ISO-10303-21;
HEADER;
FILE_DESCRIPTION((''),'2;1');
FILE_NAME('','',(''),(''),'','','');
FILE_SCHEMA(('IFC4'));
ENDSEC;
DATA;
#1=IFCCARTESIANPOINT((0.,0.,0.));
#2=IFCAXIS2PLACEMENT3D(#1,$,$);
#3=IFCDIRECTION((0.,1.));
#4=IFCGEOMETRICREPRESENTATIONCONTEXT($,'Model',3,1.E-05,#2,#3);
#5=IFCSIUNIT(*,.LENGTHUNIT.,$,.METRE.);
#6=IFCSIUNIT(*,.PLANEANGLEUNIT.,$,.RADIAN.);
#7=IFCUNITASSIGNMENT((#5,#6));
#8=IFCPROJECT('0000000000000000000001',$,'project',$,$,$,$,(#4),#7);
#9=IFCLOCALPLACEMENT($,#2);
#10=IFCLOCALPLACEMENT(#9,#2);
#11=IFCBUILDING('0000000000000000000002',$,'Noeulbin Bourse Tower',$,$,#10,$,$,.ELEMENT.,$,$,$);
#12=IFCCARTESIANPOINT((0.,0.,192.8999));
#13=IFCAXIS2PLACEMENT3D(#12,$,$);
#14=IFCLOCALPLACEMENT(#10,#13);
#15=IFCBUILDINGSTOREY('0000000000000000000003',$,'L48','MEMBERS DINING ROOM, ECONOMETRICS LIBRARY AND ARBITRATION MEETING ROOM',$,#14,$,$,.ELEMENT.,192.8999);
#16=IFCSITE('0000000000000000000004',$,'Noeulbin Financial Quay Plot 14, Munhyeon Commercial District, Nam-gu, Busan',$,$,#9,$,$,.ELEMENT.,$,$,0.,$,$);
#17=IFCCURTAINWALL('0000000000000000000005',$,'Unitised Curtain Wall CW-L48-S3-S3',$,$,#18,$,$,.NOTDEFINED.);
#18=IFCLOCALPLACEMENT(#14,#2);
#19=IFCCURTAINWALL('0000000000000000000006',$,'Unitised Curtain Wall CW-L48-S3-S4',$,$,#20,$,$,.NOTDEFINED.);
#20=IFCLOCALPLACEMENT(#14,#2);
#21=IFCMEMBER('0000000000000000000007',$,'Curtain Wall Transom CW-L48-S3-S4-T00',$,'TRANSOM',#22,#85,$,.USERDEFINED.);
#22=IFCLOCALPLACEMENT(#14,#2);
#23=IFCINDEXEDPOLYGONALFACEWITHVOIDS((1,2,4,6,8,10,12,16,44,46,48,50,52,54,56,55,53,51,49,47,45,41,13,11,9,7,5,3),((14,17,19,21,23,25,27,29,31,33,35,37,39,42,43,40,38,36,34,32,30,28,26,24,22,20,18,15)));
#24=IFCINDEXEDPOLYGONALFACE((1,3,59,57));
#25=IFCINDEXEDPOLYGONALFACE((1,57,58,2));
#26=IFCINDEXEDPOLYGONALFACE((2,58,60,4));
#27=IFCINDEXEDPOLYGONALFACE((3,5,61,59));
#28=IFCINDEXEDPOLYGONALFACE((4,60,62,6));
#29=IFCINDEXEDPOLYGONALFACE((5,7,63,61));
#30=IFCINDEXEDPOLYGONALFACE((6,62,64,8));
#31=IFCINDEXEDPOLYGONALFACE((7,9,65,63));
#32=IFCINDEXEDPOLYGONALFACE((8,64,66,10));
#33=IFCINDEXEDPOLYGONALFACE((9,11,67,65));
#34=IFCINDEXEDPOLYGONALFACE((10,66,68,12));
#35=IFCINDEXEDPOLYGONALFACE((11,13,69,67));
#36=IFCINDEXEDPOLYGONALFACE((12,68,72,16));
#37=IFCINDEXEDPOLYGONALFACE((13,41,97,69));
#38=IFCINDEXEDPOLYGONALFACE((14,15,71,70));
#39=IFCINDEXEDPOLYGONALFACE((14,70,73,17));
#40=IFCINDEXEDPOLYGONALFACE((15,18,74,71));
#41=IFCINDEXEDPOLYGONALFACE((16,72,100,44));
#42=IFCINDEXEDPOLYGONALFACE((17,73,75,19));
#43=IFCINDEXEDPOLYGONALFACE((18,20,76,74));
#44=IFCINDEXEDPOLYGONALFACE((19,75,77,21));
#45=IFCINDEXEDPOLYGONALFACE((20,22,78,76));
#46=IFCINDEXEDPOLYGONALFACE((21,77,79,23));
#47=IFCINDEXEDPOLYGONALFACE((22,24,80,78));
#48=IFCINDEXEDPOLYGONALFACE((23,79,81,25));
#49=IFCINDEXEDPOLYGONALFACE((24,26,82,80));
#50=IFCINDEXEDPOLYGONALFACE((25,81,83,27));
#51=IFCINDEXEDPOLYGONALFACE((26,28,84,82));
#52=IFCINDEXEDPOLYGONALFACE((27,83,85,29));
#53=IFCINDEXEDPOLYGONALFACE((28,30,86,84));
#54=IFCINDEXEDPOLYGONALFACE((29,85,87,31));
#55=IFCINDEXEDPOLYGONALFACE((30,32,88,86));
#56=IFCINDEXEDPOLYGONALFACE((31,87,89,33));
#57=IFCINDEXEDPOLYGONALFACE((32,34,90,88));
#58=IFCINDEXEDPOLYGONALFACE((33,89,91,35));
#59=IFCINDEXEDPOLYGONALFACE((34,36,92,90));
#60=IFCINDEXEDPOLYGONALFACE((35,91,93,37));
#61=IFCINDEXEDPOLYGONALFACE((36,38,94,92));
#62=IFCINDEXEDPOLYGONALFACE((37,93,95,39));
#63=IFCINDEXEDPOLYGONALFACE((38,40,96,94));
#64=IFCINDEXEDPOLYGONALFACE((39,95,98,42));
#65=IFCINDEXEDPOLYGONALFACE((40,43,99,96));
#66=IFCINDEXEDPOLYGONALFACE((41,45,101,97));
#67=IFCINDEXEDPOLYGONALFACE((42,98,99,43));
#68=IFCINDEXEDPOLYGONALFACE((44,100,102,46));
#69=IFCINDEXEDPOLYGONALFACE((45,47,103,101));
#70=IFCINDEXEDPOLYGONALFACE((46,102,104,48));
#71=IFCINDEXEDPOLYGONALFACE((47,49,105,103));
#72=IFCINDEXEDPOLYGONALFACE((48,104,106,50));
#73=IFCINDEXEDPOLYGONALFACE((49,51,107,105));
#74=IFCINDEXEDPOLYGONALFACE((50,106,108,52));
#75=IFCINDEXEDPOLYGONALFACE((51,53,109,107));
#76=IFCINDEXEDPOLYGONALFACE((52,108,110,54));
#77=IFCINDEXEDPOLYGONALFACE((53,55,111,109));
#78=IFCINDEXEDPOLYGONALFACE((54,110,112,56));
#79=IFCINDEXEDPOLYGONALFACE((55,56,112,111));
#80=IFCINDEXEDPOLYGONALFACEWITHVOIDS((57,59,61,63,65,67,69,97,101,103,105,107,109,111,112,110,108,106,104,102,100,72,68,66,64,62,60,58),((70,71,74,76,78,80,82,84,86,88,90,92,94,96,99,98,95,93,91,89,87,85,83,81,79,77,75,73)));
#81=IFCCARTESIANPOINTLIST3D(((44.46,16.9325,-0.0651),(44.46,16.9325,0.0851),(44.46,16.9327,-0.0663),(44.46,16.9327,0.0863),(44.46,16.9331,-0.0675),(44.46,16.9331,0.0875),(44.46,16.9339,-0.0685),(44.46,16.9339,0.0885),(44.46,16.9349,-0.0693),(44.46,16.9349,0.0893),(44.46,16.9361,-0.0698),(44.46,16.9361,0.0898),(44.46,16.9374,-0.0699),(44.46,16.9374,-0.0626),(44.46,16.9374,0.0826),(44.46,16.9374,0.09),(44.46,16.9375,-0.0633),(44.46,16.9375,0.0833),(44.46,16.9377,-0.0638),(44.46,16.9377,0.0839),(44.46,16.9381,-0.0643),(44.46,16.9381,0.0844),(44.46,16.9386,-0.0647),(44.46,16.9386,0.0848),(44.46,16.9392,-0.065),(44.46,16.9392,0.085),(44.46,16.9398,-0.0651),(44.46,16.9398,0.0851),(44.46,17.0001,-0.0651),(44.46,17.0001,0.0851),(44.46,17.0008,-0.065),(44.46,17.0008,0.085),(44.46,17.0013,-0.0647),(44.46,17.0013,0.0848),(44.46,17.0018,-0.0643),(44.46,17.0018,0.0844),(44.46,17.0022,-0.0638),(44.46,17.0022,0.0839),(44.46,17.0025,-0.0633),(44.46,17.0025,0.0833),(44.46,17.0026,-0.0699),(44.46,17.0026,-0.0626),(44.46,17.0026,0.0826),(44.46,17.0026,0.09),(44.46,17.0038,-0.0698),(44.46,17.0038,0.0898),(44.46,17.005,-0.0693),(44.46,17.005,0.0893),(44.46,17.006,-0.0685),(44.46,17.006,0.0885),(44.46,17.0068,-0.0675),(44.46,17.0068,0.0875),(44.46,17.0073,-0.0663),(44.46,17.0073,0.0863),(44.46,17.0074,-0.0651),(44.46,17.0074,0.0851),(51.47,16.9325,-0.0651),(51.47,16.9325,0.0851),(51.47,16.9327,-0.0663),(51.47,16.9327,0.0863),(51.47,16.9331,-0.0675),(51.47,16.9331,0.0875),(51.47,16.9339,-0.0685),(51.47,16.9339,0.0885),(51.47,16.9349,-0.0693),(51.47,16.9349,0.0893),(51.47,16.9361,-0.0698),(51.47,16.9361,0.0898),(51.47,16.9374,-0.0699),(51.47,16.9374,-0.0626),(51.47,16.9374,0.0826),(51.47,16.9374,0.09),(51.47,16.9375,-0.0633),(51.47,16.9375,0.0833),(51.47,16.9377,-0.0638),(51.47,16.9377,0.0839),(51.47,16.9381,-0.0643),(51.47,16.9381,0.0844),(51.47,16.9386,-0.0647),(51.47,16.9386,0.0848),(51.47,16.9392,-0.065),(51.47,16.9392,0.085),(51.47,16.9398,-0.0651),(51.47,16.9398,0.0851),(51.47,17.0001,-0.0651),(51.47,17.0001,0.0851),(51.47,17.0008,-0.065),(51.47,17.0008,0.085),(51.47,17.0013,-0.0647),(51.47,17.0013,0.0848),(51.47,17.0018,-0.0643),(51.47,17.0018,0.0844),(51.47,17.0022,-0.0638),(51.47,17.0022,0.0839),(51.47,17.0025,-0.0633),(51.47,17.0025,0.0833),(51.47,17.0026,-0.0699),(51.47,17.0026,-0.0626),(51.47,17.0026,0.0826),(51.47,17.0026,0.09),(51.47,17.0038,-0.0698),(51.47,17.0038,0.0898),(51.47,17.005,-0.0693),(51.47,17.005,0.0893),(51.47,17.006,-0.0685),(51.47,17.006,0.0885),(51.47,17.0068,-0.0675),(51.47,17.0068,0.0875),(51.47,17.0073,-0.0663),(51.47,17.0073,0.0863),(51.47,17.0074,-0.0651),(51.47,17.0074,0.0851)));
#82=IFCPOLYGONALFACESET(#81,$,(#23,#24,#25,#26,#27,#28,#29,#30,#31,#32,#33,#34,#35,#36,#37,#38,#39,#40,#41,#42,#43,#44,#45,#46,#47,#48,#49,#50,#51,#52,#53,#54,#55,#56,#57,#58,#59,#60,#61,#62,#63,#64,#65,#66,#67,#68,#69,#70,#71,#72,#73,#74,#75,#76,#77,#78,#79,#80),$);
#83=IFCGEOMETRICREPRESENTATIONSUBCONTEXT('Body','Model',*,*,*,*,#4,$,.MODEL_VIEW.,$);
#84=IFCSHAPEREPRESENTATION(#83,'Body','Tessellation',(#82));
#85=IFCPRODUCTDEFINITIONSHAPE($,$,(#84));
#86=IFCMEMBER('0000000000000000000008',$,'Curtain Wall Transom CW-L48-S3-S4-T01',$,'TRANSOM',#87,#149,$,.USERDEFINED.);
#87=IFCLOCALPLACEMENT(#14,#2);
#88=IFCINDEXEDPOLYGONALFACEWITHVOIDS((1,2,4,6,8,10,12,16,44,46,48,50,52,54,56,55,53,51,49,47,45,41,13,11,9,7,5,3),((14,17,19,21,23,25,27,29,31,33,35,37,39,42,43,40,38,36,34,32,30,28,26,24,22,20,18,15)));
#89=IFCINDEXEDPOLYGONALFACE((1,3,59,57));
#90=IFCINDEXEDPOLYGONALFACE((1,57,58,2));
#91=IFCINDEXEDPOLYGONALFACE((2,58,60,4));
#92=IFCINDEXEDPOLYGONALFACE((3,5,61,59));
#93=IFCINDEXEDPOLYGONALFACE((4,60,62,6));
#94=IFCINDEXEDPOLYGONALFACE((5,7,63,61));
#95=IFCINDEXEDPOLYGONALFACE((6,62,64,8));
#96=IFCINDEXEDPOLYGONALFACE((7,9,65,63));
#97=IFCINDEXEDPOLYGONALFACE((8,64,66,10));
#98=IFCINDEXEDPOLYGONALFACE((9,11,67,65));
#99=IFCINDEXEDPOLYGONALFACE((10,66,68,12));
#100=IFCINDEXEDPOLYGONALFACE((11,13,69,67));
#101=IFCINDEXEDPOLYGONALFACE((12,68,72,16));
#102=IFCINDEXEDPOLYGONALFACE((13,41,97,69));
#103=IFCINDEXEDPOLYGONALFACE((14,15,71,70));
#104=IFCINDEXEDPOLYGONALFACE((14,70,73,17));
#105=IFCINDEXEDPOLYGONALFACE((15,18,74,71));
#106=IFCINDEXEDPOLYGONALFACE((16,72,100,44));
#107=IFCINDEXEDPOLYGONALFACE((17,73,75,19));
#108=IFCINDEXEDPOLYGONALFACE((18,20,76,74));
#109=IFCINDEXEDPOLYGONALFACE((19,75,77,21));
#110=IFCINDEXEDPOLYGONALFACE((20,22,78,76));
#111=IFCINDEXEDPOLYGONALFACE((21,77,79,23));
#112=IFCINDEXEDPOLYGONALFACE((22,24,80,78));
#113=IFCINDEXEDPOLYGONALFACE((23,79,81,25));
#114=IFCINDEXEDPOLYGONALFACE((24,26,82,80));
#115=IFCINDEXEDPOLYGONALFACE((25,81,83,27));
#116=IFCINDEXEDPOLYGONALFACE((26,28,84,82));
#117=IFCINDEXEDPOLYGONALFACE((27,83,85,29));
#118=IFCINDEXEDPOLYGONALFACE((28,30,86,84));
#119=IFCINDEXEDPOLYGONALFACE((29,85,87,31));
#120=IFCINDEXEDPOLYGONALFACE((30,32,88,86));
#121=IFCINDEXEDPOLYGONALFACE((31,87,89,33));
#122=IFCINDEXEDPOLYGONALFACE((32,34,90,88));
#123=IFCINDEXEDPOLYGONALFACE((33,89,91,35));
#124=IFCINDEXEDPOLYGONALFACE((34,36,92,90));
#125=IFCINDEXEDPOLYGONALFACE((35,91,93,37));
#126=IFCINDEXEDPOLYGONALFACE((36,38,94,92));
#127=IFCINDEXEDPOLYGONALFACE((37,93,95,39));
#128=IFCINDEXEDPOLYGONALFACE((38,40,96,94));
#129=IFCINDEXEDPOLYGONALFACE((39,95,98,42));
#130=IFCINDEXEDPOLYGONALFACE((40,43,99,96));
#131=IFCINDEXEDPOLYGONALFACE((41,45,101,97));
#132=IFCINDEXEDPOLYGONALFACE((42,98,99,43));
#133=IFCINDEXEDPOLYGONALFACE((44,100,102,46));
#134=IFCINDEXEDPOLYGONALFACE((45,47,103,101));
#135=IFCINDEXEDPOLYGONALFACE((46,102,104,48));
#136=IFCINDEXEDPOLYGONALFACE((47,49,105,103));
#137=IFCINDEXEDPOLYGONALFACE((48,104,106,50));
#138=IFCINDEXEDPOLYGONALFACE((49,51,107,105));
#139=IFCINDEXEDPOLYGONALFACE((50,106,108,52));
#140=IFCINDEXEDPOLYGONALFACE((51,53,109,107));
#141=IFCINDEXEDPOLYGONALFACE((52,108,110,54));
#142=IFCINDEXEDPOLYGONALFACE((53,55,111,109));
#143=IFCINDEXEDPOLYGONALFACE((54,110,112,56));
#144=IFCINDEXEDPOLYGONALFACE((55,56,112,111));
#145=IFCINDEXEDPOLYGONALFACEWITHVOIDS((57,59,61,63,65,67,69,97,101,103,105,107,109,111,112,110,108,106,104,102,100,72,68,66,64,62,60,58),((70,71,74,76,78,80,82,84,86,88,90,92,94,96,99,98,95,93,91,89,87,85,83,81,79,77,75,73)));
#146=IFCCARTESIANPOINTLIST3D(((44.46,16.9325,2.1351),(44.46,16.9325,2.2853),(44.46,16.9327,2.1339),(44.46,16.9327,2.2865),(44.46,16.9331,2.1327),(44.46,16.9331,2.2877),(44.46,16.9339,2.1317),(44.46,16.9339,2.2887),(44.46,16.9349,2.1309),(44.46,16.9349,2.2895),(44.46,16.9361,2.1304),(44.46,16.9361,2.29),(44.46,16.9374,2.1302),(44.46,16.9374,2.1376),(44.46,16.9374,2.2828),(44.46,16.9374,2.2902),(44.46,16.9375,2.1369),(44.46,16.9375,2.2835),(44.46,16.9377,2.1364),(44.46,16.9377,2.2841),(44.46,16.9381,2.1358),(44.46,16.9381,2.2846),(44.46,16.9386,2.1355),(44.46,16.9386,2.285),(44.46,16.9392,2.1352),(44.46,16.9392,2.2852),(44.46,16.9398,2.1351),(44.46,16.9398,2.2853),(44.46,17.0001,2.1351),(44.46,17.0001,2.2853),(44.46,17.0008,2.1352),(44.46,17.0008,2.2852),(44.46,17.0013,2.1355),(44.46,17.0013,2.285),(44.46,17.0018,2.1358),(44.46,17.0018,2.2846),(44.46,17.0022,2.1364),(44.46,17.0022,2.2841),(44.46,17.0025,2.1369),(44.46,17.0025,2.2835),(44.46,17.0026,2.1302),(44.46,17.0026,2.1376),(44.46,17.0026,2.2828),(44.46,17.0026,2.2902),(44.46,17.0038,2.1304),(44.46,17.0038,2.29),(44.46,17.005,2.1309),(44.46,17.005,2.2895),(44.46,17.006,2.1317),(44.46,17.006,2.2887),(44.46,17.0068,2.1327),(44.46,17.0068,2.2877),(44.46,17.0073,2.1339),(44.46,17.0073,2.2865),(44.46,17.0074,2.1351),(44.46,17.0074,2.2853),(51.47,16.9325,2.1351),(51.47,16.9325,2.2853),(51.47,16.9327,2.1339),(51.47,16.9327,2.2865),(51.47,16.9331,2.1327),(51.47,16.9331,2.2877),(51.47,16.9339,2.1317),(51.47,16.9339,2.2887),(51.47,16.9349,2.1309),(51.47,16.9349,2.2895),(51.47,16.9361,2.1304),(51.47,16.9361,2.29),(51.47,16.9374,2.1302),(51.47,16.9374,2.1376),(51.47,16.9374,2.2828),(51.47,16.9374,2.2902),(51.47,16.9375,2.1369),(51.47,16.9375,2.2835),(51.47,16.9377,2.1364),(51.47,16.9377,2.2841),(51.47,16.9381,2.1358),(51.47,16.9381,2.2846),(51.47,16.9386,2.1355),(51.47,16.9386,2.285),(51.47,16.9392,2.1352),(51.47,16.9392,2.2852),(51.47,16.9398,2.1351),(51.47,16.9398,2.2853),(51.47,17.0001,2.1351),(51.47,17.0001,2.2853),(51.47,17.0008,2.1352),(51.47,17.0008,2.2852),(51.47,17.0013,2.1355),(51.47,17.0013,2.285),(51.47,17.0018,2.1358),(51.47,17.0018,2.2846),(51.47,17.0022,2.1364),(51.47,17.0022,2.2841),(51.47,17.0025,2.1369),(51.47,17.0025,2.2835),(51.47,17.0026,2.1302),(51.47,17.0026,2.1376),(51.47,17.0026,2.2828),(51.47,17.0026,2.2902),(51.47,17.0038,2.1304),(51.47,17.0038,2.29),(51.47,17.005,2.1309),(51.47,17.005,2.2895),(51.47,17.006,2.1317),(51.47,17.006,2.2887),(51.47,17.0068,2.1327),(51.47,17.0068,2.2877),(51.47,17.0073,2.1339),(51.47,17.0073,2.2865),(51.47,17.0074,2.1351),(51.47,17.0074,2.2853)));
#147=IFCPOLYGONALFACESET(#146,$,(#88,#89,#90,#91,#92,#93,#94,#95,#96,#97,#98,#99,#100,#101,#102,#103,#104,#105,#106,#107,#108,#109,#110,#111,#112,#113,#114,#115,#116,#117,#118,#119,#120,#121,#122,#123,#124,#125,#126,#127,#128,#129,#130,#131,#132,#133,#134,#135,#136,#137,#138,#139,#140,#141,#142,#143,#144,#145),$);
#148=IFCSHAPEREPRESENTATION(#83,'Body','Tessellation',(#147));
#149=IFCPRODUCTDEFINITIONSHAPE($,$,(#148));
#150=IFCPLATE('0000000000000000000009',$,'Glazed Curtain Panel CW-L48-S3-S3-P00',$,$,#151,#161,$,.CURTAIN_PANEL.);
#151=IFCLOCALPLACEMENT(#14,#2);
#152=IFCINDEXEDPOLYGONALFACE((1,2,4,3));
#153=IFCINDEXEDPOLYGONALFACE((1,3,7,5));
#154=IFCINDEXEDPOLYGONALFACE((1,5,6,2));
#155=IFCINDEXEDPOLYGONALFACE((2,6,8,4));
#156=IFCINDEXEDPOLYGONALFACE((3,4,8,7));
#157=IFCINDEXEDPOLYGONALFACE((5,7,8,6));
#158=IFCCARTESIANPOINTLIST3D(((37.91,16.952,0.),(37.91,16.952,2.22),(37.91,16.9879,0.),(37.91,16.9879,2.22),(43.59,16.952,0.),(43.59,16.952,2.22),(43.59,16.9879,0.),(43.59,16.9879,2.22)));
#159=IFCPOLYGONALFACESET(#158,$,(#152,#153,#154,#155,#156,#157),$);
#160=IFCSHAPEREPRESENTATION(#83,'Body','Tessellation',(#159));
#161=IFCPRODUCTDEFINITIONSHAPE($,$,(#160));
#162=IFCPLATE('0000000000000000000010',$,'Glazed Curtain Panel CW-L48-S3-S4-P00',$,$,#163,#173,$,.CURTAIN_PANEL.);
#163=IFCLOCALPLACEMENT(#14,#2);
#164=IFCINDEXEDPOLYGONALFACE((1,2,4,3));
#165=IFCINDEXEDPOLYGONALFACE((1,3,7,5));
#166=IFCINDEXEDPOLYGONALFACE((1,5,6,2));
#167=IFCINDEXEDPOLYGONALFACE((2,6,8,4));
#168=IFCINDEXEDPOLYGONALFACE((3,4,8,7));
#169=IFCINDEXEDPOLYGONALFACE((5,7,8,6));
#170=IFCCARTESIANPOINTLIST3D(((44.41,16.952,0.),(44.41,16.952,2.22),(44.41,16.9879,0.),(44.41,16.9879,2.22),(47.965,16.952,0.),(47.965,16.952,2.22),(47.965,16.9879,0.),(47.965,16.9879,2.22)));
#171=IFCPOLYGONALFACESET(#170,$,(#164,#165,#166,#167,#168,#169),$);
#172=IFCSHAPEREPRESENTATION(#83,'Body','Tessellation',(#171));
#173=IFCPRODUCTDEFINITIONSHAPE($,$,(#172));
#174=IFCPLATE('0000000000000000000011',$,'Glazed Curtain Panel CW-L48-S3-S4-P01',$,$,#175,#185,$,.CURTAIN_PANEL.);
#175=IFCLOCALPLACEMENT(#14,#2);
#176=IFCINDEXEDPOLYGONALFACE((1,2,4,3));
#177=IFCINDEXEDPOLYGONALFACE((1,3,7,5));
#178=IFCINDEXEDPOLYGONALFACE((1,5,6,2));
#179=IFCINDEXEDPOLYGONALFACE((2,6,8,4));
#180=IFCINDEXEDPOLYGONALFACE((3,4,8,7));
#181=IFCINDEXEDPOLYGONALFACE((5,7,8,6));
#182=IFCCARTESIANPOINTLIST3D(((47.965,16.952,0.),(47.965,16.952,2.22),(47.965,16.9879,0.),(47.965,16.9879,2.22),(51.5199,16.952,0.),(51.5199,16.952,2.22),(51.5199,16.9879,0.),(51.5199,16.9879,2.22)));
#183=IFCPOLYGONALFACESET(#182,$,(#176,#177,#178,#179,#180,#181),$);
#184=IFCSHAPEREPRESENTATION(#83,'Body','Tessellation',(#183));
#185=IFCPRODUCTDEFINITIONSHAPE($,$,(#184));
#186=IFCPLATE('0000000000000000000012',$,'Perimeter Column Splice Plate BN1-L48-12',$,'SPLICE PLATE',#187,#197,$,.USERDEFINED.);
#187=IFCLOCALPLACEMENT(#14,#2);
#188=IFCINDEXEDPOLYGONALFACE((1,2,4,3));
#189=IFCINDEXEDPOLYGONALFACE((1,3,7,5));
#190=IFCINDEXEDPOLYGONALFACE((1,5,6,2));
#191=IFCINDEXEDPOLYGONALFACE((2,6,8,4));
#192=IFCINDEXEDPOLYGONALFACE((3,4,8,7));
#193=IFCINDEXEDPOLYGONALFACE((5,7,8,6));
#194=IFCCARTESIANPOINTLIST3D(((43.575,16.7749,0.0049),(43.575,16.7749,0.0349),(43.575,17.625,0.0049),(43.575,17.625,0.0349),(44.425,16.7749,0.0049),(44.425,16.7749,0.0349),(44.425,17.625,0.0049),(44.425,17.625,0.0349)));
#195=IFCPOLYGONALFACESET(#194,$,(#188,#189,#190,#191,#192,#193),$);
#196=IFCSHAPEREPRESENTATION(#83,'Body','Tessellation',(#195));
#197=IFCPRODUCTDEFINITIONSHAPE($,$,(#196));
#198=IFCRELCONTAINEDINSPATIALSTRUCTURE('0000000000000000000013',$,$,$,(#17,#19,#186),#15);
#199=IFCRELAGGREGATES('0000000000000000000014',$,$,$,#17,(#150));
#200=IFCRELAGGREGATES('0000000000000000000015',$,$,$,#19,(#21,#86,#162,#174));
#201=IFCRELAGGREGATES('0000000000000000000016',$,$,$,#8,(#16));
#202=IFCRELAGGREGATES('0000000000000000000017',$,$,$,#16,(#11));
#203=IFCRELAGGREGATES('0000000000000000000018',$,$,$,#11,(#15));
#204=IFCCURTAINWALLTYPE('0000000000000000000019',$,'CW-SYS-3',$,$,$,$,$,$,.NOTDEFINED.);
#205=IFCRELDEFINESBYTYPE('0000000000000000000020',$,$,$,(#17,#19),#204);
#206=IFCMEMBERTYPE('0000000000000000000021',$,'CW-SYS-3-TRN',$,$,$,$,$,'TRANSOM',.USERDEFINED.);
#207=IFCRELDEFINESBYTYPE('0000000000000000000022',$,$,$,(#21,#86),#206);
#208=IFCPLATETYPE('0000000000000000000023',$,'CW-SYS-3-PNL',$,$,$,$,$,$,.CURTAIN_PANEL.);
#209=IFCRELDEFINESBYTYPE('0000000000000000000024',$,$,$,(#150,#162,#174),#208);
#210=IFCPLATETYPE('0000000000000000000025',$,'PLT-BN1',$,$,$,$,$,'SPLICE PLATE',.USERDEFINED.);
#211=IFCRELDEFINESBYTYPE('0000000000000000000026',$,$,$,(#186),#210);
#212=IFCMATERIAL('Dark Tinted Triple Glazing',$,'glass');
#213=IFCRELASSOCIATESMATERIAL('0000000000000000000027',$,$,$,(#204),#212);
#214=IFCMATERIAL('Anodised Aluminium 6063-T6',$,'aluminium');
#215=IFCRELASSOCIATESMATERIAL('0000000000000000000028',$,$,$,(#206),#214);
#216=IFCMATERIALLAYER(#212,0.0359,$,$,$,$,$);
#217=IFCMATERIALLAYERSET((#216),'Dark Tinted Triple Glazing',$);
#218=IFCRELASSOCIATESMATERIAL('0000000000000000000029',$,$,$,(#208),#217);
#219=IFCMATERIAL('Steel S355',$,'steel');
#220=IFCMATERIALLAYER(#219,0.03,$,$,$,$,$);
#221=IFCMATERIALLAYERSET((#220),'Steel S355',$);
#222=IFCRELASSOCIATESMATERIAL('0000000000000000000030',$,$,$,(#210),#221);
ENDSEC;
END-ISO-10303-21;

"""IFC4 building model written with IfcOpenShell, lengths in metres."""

from ifc_helpers import new_model, si_unit, direction, frame, origin, origin_2d, place, context, subcontext, project, spatial, rectangle, hollow_rectangle, extrude, material, layer, layer_set, material_profile, profile_set, type_object, element, aggregate, save


model = new_model("IFC4")

# Units and contexts
model_context = context("Model", 3, precision=1e-05, world=origin(), true_north=direction((0.0, 1.0)))
body_context = subcontext(model_context, "Body", "Model", "MODEL_VIEW")
ifc_project = project(units=[si_unit("LENGTHUNIT", "METRE"), si_unit("PLANEANGLEUNIT", "RADIAN")], contexts=[model_context])

# Site, building, storey
site_placement = place(None, origin())
site = spatial("IfcSite", under=ifc_project, at=site_placement, Name="Noeulbin Financial Quay Plot 14, Munhyeon Commercial District, Nam-gu, Busan", CompositionType="ELEMENT", RefElevation=0.0)
building_placement = place(site_placement, origin())
building = spatial("IfcBuilding", under=site, at=building_placement, Name="Noeulbin Bourse Tower", CompositionType="ELEMENT")
storey_placement = place(building_placement, frame((0.0, 0.0, 192.8999)))
storey = spatial("IfcBuildingStorey", under=building, at=storey_placement, Name="L48", Description="MEMBERS DINING ROOM, ECONOMETRICS LIBRARY AND ARBITRATION MEETING ROOM", CompositionType="ELEMENT", Elevation=192.8999)

# Shared definitions
ifc_material_1 = material(Name="Steel S355", Category="steel")

# Curtain wall
ifc_material_2 = material(Name="Dark Tinted Triple Glazing", Category="glass")
curtain_wall_type = type_object("IfcCurtainWallType", Name="CW-SYS-3", PredefinedType="NOTDEFINED", material=ifc_material_2)
curtain_wall_1_placement = place(storey_placement, origin())
curtain_wall_1 = element("IfcCurtainWall", 1, at=curtain_wall_1_placement, inside=storey, type_object=curtain_wall_type, Name="Unitised Curtain Wall CW-L48-S3-S3", PredefinedType="NOTDEFINED")
ifc_material_3 = material(Name="Anodised Aluminium 6063-T6", Category="aluminium")

# Curtain wall, members
curtain_wall_2_placement = place(storey_placement, origin())
curtain_wall_2 = element("IfcCurtainWall", 2, at=curtain_wall_2_placement, inside=storey, type_object=curtain_wall_type, Name="Unitised Curtain Wall CW-L48-S3-S4", PredefinedType="NOTDEFINED")
ifc_material_profile_1 = material_profile(ifc_material_3, hollow_rectangle(XDim=0.075, YDim=0.1599, WallThickness=0.0049, InnerFilletRadius=0.0024, OuterFilletRadius=0.0049, at=origin_2d()), Name="ALU-TRAN-75x160x5", Category="LoadBearing")
ifc_profile_set_1 = profile_set([ifc_material_profile_1], Name="Anodised Aluminium 6063-T6")
member_type_1 = type_object("IfcMemberType", Name="CW-SYS-3-TRN", ElementType="TRANSOM", PredefinedType="USERDEFINED", material=ifc_profile_set_1)
member_1_placement = place(storey_placement, frame((44.46, 16.97, 0.01), z_axis=(1.0, 0.0, 0.0), x_axis=(0.0, 1.0, 0.0)))
member_1 = element("IfcMember", 3, at=member_1_placement, type_object=member_type_1, Name="Curtain Wall Transom CW-L48-S3-S4-T00", ObjectType="TRANSOM", PredefinedType="USERDEFINED", context=body_context, shape_type="SweptSolid", body=[
    extrude(hollow_rectangle(XDim=0.075, YDim=0.1599, WallThickness=0.0049, InnerFilletRadius=0.0024, OuterFilletRadius=0.0049, at=origin_2d()), origin(), (0.0, 0.0, 1.0), 7.01),
])
member_2_placement = place(storey_placement, frame((44.46, 16.97, 2.2102), z_axis=(1.0, 0.0, 0.0), x_axis=(0.0, 1.0, 0.0)))
member_2 = element("IfcMember", 4, at=member_2_placement, type_object=member_type_1, Name="Curtain Wall Transom CW-L48-S3-S4-T01", ObjectType="TRANSOM", PredefinedType="USERDEFINED", context=body_context, shape_type="SweptSolid", body=[
    extrude(hollow_rectangle(XDim=0.075, YDim=0.1599, WallThickness=0.0049, InnerFilletRadius=0.0024, OuterFilletRadius=0.0049, at=origin_2d()), origin(), (0.0, 0.0, 1.0), 7.01),
])

# Plates
ifc_layer_1 = layer(ifc_material_2, 0.0359)
ifc_layer_set_1 = layer_set([ifc_layer_1], Name="Dark Tinted Triple Glazing")
plate_type_1 = type_object("IfcPlateType", Name="CW-SYS-3-PNL", PredefinedType="CURTAIN_PANEL", material=ifc_layer_set_1)
plate_1_placement = place(storey_placement, frame((40.75, 16.97, 0.0), z_axis=(0.0, 0.0, 1.0), x_axis=(1.0, 0.0, 0.0)))
plate_1 = element("IfcPlate", 5, at=plate_1_placement, type_object=plate_type_1, Name="Glazed Curtain Panel CW-L48-S3-S3-P00", PredefinedType="CURTAIN_PANEL", context=body_context, shape_type="SweptSolid", body=[
    extrude(rectangle(XDim=5.6799, YDim=0.0359, at=origin_2d()), origin(), (0.0, 0.0, 1.0), 2.22),
])
aggregate(curtain_wall_1, [plate_1])
plate_2_placement = place(storey_placement, frame((46.1875, 16.97, 0.0), z_axis=(0.0, 0.0, 1.0), x_axis=(1.0, 0.0, 0.0)))
plate_2 = element("IfcPlate", 6, at=plate_2_placement, type_object=plate_type_1, Name="Glazed Curtain Panel CW-L48-S3-S4-P00", PredefinedType="CURTAIN_PANEL", context=body_context, shape_type="SweptSolid", body=[
    extrude(rectangle(XDim=3.5549, YDim=0.0359, at=origin_2d()), origin(), (0.0, 0.0, 1.0), 2.22),
])
plate_3_placement = place(storey_placement, frame((49.7424, 16.97, 0.0), z_axis=(0.0, 0.0, 1.0), x_axis=(1.0, 0.0, 0.0)))
plate_3 = element("IfcPlate", 7, at=plate_3_placement, type_object=plate_type_1, Name="Glazed Curtain Panel CW-L48-S3-S4-P01", PredefinedType="CURTAIN_PANEL", context=body_context, shape_type="SweptSolid", body=[
    extrude(rectangle(XDim=3.5549, YDim=0.0359, at=origin_2d()), origin(), (0.0, 0.0, 1.0), 2.22),
])
aggregate(curtain_wall_2, [member_1, member_2, plate_2, plate_3])

# Plate
ifc_layer_2 = layer(ifc_material_1, 0.03)
ifc_layer_set_2 = layer_set([ifc_layer_2], Name="Steel S355")
plate_type_2 = type_object("IfcPlateType", Name="PLT-BN1", ElementType="SPLICE PLATE", PredefinedType="USERDEFINED", material=ifc_layer_set_2)
plate_4_placement = place(storey_placement, frame((44.0, 17.2, 0.0049), z_axis=(0.0, 0.0, 1.0), x_axis=(1.0, 0.0, 0.0)))
element("IfcPlate", 8, at=plate_4_placement, inside=storey, type_object=plate_type_2, Name="Perimeter Column Splice Plate BN1-L48-12", ObjectType="SPLICE PLATE", PredefinedType="USERDEFINED", context=body_context, shape_type="SweptSolid", body=[
    extrude(rectangle(XDim=0.8501, YDim=0.8501, at=origin_2d()), origin(), (0.0, 0.0, 1.0), 0.03),
])

save(model, "model.ifc")
